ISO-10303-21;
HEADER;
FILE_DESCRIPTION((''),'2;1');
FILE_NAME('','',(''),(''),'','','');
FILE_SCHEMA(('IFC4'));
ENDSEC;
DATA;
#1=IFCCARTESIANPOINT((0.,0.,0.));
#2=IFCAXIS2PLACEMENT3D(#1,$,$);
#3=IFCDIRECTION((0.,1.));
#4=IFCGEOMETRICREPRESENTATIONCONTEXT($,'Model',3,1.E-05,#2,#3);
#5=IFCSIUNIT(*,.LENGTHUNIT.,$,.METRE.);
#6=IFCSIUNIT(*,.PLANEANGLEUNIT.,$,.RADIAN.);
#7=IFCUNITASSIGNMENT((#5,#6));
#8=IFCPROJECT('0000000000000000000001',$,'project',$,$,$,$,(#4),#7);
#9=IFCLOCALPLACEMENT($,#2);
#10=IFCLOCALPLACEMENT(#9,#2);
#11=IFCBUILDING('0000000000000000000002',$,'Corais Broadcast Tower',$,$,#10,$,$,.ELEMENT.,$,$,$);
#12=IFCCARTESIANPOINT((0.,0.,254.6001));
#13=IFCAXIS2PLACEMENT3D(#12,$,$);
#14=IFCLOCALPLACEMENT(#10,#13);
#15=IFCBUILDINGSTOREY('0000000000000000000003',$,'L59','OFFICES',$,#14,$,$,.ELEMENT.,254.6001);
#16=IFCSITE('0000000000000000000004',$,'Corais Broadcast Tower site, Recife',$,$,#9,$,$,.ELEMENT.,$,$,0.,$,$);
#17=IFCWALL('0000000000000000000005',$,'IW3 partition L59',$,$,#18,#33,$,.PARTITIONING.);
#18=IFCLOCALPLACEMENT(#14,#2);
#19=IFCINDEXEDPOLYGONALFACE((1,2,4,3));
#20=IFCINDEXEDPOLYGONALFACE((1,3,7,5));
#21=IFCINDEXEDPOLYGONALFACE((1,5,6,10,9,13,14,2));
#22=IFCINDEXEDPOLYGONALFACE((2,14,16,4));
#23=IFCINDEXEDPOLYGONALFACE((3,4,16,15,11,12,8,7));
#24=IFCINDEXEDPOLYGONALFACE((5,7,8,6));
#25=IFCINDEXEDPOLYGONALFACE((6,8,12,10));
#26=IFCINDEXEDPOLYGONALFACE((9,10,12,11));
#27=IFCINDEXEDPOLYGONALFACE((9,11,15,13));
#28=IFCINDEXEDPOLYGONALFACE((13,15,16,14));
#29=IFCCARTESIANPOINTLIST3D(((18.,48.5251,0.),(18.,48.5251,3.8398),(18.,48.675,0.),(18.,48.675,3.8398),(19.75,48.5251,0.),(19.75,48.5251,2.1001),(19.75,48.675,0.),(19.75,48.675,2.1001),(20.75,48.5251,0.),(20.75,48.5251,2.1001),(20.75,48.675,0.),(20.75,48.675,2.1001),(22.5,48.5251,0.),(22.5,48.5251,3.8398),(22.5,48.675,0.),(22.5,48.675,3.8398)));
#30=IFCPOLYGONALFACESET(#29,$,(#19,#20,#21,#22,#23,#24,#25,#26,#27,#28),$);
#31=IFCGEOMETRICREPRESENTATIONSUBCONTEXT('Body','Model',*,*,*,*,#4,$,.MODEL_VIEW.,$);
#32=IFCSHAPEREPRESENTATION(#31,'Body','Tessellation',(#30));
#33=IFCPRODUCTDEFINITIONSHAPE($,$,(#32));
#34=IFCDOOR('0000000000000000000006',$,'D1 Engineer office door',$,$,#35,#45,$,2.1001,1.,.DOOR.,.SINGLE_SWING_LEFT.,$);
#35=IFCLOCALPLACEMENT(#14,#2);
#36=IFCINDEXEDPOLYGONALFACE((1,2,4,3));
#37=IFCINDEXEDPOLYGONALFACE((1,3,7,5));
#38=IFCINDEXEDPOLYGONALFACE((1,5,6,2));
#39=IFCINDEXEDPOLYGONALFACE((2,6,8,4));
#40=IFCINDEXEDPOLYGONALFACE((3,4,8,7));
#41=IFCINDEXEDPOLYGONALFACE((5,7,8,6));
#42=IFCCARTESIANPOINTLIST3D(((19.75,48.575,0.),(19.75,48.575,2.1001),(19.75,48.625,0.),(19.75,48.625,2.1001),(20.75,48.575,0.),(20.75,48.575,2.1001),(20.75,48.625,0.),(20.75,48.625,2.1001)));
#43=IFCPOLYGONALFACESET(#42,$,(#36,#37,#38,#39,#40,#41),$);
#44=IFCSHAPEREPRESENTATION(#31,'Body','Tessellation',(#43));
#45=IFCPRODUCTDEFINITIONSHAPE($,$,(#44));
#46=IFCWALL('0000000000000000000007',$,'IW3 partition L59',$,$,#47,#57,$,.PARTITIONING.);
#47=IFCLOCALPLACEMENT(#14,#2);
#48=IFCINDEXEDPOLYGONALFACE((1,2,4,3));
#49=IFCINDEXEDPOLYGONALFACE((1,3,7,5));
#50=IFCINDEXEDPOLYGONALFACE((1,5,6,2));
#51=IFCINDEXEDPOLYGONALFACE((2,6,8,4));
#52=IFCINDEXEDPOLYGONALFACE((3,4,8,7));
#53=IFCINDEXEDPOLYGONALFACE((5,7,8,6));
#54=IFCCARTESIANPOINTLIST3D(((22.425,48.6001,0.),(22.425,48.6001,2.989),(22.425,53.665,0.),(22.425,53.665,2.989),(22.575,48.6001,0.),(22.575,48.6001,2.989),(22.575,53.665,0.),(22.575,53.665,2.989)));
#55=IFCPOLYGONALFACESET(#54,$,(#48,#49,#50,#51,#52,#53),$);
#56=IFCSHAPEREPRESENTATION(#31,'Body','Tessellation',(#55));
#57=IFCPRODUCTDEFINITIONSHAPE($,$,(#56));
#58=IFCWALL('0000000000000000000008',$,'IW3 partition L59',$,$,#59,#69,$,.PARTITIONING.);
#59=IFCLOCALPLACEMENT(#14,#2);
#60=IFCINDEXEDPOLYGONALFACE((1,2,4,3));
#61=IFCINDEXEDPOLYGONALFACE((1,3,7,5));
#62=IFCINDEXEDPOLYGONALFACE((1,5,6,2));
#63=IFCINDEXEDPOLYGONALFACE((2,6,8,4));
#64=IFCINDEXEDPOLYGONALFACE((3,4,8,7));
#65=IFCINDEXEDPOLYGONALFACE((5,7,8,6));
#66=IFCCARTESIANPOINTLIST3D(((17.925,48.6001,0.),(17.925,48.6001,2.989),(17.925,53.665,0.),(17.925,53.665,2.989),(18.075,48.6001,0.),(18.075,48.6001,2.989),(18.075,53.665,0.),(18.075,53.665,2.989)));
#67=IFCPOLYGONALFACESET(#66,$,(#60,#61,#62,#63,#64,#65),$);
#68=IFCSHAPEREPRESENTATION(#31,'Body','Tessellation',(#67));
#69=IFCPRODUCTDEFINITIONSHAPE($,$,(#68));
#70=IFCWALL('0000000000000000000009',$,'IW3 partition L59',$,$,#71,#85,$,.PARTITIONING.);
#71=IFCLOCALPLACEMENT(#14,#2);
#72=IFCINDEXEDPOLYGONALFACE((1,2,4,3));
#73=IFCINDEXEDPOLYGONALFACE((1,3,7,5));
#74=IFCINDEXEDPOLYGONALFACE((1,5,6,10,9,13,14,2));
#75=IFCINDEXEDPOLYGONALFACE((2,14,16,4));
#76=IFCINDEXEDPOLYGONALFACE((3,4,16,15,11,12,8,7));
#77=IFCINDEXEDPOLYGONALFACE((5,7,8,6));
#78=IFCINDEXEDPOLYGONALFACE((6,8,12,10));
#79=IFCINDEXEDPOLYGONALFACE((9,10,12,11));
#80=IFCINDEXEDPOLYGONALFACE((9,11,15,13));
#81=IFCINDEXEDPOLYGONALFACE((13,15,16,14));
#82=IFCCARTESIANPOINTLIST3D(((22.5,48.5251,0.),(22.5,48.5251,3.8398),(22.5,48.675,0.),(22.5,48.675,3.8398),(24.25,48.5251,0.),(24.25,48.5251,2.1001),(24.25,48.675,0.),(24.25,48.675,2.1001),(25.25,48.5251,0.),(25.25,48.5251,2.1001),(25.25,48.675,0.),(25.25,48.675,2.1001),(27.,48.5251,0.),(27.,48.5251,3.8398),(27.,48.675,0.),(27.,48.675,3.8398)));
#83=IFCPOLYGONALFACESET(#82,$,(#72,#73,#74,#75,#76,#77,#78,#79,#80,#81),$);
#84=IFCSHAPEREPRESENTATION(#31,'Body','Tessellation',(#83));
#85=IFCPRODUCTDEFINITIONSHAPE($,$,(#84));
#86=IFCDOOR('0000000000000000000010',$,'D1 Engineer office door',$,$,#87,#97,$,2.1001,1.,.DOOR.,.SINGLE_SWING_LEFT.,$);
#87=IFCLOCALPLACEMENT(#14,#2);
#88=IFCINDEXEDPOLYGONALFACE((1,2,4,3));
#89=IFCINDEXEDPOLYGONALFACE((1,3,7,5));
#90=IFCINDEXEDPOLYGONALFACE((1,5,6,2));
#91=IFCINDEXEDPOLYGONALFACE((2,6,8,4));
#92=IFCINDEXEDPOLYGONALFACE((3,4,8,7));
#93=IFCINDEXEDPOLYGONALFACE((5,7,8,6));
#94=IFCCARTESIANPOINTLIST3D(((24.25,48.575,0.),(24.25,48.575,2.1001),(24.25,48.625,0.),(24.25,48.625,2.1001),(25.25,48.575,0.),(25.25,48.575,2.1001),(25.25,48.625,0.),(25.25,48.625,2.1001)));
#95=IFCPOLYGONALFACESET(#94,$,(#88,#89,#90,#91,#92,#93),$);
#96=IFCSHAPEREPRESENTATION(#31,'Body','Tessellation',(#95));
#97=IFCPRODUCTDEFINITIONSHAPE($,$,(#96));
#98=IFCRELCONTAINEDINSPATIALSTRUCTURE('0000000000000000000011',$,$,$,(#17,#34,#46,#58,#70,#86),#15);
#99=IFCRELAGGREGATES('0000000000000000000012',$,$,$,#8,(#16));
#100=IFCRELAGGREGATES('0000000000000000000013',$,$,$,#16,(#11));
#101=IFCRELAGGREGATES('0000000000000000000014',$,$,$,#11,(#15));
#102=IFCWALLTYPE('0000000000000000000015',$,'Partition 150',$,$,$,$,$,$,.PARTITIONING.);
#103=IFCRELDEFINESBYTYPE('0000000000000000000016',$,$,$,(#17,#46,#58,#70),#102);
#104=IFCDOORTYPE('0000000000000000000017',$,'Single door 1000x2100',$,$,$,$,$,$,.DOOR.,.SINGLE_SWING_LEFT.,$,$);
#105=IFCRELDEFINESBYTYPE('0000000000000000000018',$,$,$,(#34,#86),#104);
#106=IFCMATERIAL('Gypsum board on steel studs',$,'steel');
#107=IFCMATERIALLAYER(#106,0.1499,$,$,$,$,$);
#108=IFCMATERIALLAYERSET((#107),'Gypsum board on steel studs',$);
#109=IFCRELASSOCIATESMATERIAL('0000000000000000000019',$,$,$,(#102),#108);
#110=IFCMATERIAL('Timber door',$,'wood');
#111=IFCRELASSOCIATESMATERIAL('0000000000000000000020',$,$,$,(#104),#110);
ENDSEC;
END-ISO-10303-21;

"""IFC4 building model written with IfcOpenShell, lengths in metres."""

from ifc_helpers import new_model, si_unit, direction, frame, frame_2d, origin, place, context, subcontext, project, spatial, rectangle, extrude, material, layer, layer_set, type_object, element, fill, save


model = new_model("IFC4")

# Units and contexts
model_context = context("Model", 3, precision=1e-05, world=origin(), true_north=direction((0.0, 1.0)))
body_context = subcontext(model_context, "Body", "Model", "MODEL_VIEW")
ifc_project = project(units=[si_unit("LENGTHUNIT", "METRE"), si_unit("PLANEANGLEUNIT", "RADIAN")], contexts=[model_context])

# Site, building, storey
site_placement = place(None, origin())
site = spatial("IfcSite", under=ifc_project, at=site_placement, Name="Corais Broadcast Tower site, Recife", CompositionType="ELEMENT", RefElevation=0.0)
building_placement = place(site_placement, origin())
building = spatial("IfcBuilding", under=site, at=building_placement, Name="Corais Broadcast Tower", CompositionType="ELEMENT")
storey_placement = place(building_placement, frame((0.0, 0.0, 254.6001)))
storey = spatial("IfcBuildingStorey", under=building, at=storey_placement, Name="L59", Description="OFFICES", CompositionType="ELEMENT", Elevation=254.6001)

# Shared definitions
ifc_material_1 = material(Name="Gypsum board on steel studs", Category="steel")
ifc_layer_1 = layer(ifc_material_1, 0.1499)
ifc_layer_set_1 = layer_set([ifc_layer_1], Name="Gypsum board on steel studs")
wall_type = type_object("IfcWallType", Name="Partition 150", PredefinedType="PARTITIONING", material=ifc_layer_set_1)

# Wall, opening, door
ifc_material_2 = material(Name="Timber door", Category="wood")
door_type = type_object("IfcDoorType", Name="Single door 1000x2100", OperationType="SINGLE_SWING_LEFT", PredefinedType="DOOR", material=ifc_material_2)
wall_1_placement = place(storey_placement, frame((18.0, 48.6001, 0.0), z_axis=(0.0, 0.0, 1.0), x_axis=(1.0, 0.0, 0.0)))
wall_1 = element("IfcWall", 1, at=wall_1_placement, inside=storey, type_object=wall_type, Name="IW3 partition L59", PredefinedType="PARTITIONING", context=body_context, shape_type="SweptSolid", body=[
    extrude(rectangle(XDim=4.5, YDim=0.1499, at=frame_2d((2.25, 0.0))), origin(), (0.0, 0.0, 1.0), 3.8398),
])
opening_1_placement = place(wall_1_placement, frame((1.75, 0.0, 0.0)))
opening_1 = element("IfcOpeningElement", 2, at=opening_1_placement, cuts=wall_1, PredefinedType="OPENING", context=body_context, shape_type="SweptSolid", body=[
    extrude(rectangle(XDim=1.0, YDim=2.1001, at=frame_2d((0.5, 1.05))), frame((0.0, 0.085, 0.0), z_axis=(0.0, -1.0, 0.0), x_axis=(1.0, 0.0, 0.0)), (0.0, 0.0, 1.0), 0.1699),
])
door_1_placement = place(opening_1_placement, origin())
door_1 = element("IfcDoor", 3, at=door_1_placement, inside=storey, type_object=door_type, Name="D1 Engineer office door", OperationType="SINGLE_SWING_LEFT", OverallHeight=2.1001, OverallWidth=1.0, PredefinedType="DOOR", context=body_context, shape_type="SweptSolid", body=[
    extrude(rectangle(XDim=1.0, YDim=2.1001, at=frame_2d((0.5, 1.05))), frame((0.0, 0.0249, 0.0), z_axis=(0.0, -1.0, 0.0), x_axis=(1.0, 0.0, 0.0)), (0.0, 0.0, 1.0), 0.05),
])
fill(opening_1, door_1)

# Walls
for number, where, z_axis, x_axis, name in (
    (4, (22.5, 48.6001, 0.0), (0.0, 0.0, 1.0), (0.0, 1.0, 0.0), "IW3 partition L59"),
    (5, (18.0, 53.665, 0.0), (0.0, 0.0, 1.0), (0.0, -1.0, 0.0), "IW3 partition L59"),
):
    element("IfcWall", number, at=place(storey_placement, frame(where, z_axis=z_axis, x_axis=x_axis)), inside=storey, type_object=wall_type, Name=name, PredefinedType="PARTITIONING", context=body_context, shape_type="SweptSolid", body=[
        extrude(rectangle(XDim=5.0649, YDim=0.1499, at=frame_2d((2.5325, 0.0))), origin(), (0.0, 0.0, 1.0), 2.989),
    ])

# Wall, opening, door
wall_2_placement = place(storey_placement, frame((22.5, 48.6001, 0.0), z_axis=(0.0, 0.0, 1.0), x_axis=(1.0, 0.0, 0.0)))
wall_2 = element("IfcWall", 6, at=wall_2_placement, inside=storey, type_object=wall_type, Name="IW3 partition L59", PredefinedType="PARTITIONING", context=body_context, shape_type="SweptSolid", body=[
    extrude(rectangle(XDim=4.5, YDim=0.1499, at=frame_2d((2.25, 0.0))), origin(), (0.0, 0.0, 1.0), 3.8398),
])
opening_2_placement = place(wall_2_placement, frame((1.75, 0.0, 0.0)))
opening_2 = element("IfcOpeningElement", 7, at=opening_2_placement, cuts=wall_2, PredefinedType="OPENING", context=body_context, shape_type="SweptSolid", body=[
    extrude(rectangle(XDim=1.0, YDim=2.1001, at=frame_2d((0.5, 1.05))), frame((0.0, 0.085, 0.0), z_axis=(0.0, -1.0, 0.0), x_axis=(1.0, 0.0, 0.0)), (0.0, 0.0, 1.0), 0.1699),
])
door_2_placement = place(opening_2_placement, origin())
door_2 = element("IfcDoor", 8, at=door_2_placement, inside=storey, type_object=door_type, Name="D1 Engineer office door", OperationType="SINGLE_SWING_LEFT", OverallHeight=2.1001, OverallWidth=1.0, PredefinedType="DOOR", context=body_context, shape_type="SweptSolid", body=[
    extrude(rectangle(XDim=1.0, YDim=2.1001, at=frame_2d((0.5, 1.05))), frame((0.0, 0.0249, 0.0), z_axis=(0.0, -1.0, 0.0), x_axis=(1.0, 0.0, 0.0)), (0.0, 0.0, 1.0), 0.05),
])
fill(opening_2, door_2)

save(model, "model.ifc")
